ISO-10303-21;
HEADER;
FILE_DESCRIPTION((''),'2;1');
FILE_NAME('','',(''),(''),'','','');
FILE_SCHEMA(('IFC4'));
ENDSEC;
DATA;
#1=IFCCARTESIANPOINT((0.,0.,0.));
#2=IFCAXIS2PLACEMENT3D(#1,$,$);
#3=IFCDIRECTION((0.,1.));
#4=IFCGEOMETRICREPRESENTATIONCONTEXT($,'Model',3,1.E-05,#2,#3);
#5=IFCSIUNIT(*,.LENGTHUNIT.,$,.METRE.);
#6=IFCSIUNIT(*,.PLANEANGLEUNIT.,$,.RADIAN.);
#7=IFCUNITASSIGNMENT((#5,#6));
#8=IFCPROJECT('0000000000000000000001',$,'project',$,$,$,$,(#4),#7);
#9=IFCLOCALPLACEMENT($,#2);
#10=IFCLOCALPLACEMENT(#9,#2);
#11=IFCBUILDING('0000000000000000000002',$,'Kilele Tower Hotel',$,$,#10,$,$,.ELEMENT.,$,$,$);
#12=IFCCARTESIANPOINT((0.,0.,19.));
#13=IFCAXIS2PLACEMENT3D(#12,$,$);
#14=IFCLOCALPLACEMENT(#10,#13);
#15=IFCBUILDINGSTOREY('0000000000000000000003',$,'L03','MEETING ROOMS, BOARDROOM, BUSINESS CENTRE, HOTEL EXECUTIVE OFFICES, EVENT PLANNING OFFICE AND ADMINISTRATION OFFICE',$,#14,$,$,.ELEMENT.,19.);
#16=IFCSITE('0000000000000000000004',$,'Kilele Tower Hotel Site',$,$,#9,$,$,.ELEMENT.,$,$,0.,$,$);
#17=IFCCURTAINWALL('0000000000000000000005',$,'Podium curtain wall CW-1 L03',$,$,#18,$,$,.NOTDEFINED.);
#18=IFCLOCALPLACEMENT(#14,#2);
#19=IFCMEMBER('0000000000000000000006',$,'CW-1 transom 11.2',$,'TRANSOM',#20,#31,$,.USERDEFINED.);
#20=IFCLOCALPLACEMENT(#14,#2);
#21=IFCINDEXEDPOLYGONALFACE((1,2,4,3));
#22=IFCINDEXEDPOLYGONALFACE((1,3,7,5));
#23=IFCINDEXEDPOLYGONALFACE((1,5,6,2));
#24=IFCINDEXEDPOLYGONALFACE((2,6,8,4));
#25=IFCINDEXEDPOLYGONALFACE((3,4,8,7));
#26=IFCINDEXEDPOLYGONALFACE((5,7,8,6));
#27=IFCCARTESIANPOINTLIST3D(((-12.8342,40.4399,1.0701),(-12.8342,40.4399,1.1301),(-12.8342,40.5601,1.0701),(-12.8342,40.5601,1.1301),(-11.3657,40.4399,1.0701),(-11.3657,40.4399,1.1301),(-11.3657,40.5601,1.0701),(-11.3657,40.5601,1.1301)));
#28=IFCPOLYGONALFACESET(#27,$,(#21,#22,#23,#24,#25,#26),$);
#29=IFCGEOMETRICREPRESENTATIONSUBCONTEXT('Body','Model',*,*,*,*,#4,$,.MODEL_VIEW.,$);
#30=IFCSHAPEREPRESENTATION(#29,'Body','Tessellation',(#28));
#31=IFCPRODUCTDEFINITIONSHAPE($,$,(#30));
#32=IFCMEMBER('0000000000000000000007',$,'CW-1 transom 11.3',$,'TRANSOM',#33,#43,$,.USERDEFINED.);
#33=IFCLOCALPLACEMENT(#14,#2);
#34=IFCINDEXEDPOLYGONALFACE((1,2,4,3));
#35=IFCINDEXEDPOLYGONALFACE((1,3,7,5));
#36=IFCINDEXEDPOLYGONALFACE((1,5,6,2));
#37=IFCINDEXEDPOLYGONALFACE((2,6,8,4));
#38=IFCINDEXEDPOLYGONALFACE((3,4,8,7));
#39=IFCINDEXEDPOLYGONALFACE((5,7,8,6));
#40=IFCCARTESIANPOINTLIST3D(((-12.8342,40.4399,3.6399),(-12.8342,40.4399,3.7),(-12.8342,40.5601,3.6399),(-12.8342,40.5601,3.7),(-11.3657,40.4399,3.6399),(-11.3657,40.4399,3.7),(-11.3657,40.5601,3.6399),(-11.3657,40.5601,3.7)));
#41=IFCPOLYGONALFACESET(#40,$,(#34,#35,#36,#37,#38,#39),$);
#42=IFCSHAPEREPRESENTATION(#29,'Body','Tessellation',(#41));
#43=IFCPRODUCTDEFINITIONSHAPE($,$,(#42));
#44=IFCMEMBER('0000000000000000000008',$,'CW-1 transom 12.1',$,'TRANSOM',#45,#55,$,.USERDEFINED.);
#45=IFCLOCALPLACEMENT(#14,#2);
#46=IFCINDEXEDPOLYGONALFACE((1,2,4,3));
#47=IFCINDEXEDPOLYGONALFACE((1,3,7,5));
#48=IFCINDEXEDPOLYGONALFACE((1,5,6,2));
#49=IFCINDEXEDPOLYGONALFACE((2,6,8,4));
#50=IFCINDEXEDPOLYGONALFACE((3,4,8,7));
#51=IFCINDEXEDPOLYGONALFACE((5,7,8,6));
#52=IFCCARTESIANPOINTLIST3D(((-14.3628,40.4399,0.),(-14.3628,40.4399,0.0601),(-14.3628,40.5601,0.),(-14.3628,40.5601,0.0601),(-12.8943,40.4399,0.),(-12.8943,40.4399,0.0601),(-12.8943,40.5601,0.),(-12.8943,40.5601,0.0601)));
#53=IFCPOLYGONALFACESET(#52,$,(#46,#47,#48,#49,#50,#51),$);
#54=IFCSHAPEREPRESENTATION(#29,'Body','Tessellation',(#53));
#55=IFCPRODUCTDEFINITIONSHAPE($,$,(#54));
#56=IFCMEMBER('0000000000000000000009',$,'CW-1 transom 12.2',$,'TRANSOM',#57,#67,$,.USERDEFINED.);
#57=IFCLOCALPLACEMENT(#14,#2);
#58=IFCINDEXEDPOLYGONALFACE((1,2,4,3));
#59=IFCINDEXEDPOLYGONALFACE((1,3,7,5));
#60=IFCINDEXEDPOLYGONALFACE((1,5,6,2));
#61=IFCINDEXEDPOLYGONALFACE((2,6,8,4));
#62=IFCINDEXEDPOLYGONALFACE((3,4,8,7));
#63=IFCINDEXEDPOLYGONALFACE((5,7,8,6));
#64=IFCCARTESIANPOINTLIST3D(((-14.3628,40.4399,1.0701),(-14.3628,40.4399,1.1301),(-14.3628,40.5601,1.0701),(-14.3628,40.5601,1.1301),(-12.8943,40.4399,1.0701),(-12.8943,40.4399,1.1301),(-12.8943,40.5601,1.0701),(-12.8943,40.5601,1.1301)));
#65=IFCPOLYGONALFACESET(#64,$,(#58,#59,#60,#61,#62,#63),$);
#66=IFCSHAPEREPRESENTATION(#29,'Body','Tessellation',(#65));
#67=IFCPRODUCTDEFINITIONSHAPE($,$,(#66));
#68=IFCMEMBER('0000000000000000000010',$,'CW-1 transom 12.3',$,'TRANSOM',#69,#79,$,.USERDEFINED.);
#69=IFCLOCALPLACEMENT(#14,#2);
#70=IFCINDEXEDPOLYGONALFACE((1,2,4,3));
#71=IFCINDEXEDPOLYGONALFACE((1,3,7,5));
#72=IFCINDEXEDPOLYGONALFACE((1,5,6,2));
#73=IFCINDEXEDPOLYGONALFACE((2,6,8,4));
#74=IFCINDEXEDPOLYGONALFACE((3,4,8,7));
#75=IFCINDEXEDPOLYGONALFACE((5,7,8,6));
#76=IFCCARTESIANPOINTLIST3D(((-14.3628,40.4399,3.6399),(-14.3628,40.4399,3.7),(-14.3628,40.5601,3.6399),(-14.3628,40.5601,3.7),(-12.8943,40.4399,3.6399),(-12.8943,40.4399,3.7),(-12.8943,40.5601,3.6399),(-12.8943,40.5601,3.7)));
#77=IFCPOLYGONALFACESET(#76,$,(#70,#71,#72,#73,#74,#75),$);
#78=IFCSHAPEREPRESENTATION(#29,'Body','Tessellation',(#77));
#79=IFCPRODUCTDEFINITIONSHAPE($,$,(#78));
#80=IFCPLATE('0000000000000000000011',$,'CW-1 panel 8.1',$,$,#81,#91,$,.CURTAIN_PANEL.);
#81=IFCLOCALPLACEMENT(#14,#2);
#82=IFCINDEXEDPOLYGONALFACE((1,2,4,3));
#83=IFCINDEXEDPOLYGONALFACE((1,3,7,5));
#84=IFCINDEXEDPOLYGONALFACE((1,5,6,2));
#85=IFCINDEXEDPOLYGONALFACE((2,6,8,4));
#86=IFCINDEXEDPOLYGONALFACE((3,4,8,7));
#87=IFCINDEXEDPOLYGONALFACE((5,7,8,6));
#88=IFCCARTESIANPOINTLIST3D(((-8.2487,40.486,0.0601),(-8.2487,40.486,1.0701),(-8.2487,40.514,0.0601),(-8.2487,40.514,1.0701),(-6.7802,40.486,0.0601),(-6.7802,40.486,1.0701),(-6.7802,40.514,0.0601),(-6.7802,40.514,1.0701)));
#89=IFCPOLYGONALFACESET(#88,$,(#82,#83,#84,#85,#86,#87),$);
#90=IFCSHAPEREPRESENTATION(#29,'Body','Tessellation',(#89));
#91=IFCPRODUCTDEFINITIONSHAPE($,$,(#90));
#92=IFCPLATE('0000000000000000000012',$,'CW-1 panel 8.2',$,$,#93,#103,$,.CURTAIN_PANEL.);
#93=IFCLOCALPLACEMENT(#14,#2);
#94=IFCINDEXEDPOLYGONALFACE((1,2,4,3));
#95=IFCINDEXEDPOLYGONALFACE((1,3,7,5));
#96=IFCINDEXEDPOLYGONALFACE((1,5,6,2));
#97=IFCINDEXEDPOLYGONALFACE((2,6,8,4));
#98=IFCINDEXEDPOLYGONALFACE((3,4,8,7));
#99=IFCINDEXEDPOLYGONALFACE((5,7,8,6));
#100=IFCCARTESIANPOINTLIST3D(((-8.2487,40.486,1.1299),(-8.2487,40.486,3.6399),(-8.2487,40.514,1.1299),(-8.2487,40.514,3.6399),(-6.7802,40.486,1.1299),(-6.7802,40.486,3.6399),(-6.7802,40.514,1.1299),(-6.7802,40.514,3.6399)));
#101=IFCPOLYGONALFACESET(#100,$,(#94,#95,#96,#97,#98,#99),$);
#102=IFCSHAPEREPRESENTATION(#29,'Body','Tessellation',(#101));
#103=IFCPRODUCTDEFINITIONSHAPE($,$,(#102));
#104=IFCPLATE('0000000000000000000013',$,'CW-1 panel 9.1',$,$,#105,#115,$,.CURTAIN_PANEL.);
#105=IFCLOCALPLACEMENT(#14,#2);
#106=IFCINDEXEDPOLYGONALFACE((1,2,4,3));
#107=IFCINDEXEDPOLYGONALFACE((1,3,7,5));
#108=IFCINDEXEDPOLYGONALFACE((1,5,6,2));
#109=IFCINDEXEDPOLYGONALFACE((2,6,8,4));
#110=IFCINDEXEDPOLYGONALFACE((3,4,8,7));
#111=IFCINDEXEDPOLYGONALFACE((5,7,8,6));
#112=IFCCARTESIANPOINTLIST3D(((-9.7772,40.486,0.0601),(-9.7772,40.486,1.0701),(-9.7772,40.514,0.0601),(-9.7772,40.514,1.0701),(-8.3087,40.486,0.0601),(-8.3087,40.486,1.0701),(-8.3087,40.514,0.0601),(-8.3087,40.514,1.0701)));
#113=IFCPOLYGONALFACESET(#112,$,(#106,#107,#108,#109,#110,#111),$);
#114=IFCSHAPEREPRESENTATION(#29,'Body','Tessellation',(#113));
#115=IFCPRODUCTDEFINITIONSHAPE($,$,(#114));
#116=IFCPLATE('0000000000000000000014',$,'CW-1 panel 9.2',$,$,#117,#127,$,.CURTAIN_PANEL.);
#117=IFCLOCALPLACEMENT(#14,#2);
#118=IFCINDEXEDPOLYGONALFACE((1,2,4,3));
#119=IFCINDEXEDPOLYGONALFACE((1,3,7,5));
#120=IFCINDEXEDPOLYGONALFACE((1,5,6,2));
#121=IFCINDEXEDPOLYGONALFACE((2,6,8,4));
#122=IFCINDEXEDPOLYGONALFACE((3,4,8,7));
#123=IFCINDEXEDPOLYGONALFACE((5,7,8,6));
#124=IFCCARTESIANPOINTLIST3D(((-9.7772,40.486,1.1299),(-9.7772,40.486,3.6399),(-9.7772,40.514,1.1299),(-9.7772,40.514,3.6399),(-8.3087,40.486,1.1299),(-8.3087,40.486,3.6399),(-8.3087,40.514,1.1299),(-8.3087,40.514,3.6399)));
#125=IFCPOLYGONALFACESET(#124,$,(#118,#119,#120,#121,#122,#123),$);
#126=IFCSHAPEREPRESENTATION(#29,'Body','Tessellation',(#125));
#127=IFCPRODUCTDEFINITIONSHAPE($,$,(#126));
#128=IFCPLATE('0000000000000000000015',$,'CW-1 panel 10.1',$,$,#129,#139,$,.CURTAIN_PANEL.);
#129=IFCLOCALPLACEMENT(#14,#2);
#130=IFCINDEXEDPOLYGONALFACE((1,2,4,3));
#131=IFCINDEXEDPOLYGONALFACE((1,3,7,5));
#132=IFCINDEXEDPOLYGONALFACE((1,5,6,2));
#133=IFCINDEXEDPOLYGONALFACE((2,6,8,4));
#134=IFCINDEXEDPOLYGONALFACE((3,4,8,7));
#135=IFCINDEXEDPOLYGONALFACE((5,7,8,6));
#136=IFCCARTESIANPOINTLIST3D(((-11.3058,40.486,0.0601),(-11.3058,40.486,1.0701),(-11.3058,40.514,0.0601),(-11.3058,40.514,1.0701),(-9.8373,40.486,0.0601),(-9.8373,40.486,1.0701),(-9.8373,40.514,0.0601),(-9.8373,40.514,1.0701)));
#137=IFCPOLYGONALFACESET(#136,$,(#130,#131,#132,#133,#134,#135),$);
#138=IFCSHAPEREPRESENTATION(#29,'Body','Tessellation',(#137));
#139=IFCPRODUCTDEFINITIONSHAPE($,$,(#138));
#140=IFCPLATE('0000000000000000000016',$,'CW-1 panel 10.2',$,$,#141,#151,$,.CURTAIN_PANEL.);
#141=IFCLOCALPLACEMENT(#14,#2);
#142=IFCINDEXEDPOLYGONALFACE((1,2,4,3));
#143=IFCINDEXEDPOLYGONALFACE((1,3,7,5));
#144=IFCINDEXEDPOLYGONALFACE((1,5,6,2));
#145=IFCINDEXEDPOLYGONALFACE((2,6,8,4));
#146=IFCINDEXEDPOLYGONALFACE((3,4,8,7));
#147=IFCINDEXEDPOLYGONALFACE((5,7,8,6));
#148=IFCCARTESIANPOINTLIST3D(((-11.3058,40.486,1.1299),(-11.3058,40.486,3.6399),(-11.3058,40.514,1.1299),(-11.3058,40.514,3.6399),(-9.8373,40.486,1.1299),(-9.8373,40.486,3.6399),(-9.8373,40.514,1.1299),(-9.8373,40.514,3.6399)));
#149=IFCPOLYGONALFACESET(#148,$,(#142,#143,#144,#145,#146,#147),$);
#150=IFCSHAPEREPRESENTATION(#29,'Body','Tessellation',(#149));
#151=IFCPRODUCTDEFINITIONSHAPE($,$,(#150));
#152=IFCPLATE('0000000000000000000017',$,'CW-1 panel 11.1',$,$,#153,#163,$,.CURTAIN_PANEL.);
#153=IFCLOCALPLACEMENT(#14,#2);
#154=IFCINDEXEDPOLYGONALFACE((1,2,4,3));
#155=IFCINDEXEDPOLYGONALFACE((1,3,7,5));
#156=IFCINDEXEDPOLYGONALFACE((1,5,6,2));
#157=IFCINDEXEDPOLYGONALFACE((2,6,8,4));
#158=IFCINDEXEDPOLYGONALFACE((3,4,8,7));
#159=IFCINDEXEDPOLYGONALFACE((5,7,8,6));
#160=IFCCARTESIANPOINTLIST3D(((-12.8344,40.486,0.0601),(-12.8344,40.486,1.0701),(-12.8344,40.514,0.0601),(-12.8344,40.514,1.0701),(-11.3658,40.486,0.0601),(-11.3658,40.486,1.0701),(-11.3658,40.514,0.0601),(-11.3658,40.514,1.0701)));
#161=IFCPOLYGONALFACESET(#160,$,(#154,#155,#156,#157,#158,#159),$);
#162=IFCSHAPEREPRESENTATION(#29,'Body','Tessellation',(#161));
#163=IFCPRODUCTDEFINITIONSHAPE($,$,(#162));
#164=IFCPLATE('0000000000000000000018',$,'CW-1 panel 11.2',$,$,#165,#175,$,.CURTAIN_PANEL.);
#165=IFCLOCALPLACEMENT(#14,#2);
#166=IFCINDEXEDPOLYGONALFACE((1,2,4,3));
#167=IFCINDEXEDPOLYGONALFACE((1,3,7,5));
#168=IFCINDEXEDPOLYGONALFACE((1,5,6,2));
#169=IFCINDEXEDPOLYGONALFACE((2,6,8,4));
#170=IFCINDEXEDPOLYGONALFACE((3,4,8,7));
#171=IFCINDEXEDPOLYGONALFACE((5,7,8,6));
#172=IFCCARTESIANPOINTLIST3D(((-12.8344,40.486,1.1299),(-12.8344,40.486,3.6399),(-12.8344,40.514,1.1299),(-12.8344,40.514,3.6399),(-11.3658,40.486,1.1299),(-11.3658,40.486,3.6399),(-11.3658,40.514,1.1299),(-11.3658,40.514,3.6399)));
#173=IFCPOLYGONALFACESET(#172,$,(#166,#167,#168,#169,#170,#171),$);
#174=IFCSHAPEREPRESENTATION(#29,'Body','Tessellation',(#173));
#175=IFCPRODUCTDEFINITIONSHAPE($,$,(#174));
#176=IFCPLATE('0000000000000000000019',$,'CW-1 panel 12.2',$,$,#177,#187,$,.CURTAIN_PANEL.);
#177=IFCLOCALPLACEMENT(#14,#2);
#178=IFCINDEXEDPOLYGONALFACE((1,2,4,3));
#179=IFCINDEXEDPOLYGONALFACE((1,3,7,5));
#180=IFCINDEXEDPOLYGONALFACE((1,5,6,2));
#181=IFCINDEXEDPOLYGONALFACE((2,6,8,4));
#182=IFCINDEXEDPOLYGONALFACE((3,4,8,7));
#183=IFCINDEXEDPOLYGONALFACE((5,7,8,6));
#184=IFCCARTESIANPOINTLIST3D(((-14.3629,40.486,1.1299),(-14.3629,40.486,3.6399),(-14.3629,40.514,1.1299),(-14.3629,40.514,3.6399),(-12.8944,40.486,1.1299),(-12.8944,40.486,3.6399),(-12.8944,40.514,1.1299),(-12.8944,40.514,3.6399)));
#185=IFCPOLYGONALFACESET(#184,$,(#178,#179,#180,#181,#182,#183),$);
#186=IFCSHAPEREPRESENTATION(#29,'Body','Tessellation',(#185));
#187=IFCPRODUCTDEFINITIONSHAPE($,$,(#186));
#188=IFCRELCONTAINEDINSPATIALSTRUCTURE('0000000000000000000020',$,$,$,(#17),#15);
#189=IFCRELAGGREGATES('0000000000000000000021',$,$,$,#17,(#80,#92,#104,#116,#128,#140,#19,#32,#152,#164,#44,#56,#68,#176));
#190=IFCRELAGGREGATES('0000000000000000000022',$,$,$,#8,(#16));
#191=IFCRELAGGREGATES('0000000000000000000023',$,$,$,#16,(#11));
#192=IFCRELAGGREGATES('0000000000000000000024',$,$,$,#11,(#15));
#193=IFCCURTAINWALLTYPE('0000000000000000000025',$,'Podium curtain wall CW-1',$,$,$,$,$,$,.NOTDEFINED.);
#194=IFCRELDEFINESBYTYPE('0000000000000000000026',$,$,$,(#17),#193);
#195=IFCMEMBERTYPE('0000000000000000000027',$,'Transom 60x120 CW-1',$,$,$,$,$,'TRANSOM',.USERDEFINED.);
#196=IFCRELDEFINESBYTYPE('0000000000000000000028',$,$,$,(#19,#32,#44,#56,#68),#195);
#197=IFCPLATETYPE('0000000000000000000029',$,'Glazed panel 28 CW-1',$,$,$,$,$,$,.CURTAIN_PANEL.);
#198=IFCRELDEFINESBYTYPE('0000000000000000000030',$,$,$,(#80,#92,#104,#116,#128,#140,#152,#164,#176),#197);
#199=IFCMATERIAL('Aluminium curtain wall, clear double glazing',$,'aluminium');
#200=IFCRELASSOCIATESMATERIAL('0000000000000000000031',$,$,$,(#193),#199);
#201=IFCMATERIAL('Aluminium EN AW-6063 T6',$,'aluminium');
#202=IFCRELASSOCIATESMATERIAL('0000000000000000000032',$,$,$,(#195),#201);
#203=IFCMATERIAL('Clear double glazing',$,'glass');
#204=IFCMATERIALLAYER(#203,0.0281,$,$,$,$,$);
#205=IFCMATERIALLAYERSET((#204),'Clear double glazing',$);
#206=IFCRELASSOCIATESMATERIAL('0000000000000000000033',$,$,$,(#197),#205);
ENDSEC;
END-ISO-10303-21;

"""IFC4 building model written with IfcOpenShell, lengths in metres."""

from ifc_helpers import new_model, si_unit, direction, frame, origin, origin_2d, place, context, subcontext, project, spatial, rectangle, extrude, material, layer, layer_set, material_profile, profile_set, type_object, element, aggregate, save


model = new_model("IFC4")

# Units and contexts
model_context = context("Model", 3, precision=1e-05, world=origin(), true_north=direction((0.0, 1.0)))
body_context = subcontext(model_context, "Body", "Model", "MODEL_VIEW")
ifc_project = project(units=[si_unit("LENGTHUNIT", "METRE"), si_unit("PLANEANGLEUNIT", "RADIAN")], contexts=[model_context])

# Site, building, storey
site_placement = place(None, origin())
site = spatial("IfcSite", under=ifc_project, at=site_placement, Name="Kilele Tower Hotel Site", CompositionType="ELEMENT", RefElevation=0.0)
building_placement = place(site_placement, origin())
building = spatial("IfcBuilding", under=site, at=building_placement, Name="Kilele Tower Hotel", CompositionType="ELEMENT")
storey_placement = place(building_placement, frame((0.0, 0.0, 19.0)))
storey = spatial("IfcBuildingStorey", under=building, at=storey_placement, Name="L03", Description="MEETING ROOMS, BOARDROOM, BUSINESS CENTRE, HOTEL EXECUTIVE OFFICES, EVENT PLANNING OFFICE AND ADMINISTRATION OFFICE", CompositionType="ELEMENT", Elevation=19.0)

# Curtain wall, members, plates
ifc_material_1 = material(Name="Aluminium curtain wall, clear double glazing", Category="aluminium")
curtain_wall_type = type_object("IfcCurtainWallType", Name="Podium curtain wall CW-1", PredefinedType="NOTDEFINED", material=ifc_material_1)
curtain_wall_placement = place(storey_placement, origin())
curtain_wall = element("IfcCurtainWall", 1, at=curtain_wall_placement, inside=storey, type_object=curtain_wall_type, Name="Podium curtain wall CW-1 L03", PredefinedType="NOTDEFINED")
ifc_material_2 = material(Name="Aluminium EN AW-6063 T6", Category="aluminium")
ifc_material_profile_1 = material_profile(ifc_material_2, rectangle(XDim=0.1201, YDim=0.0601, at=origin_2d()))
ifc_profile_set_1 = profile_set([ifc_material_profile_1], Name="Aluminium EN AW-6063 T6")
member_type_1 = type_object("IfcMemberType", Name="Transom 60x120 CW-1", ElementType="TRANSOM", PredefinedType="USERDEFINED", material=ifc_profile_set_1)
member_1_placement = place(storey_placement, frame((-11.3657, 40.5, 1.1001), z_axis=(-1.0, 0.0, 0.0), x_axis=(0.0, -1.0, 0.0)))
member_1 = element("IfcMember", 2, at=member_1_placement, type_object=member_type_1, Name="CW-1 transom 11.2", ObjectType="TRANSOM", PredefinedType="USERDEFINED", context=body_context, shape_type="SweptSolid", body=[
    extrude(rectangle(XDim=0.1201, YDim=0.0601, at=origin_2d()), origin(), (0.0, 0.0, 1.0), 1.4685),
])
member_2_placement = place(storey_placement, frame((-11.3657, 40.5, 3.6699), z_axis=(-1.0, 0.0, 0.0), x_axis=(0.0, -1.0, 0.0)))
member_2 = element("IfcMember", 3, at=member_2_placement, type_object=member_type_1, Name="CW-1 transom 11.3", ObjectType="TRANSOM", PredefinedType="USERDEFINED", context=body_context, shape_type="SweptSolid", body=[
    extrude(rectangle(XDim=0.1201, YDim=0.0601, at=origin_2d()), origin(), (0.0, 0.0, 1.0), 1.4685),
])
member_3_placement = place(storey_placement, frame((-12.8943, 40.5, 0.03), z_axis=(-1.0, 0.0, 0.0), x_axis=(0.0, -1.0, 0.0)))
member_3 = element("IfcMember", 4, at=member_3_placement, type_object=member_type_1, Name="CW-1 transom 12.1", ObjectType="TRANSOM", PredefinedType="USERDEFINED", context=body_context, shape_type="SweptSolid", body=[
    extrude(rectangle(XDim=0.1201, YDim=0.0601, at=origin_2d()), origin(), (0.0, 0.0, 1.0), 1.4685),
])
member_4_placement = place(storey_placement, frame((-12.8943, 40.5, 1.1001), z_axis=(-1.0, 0.0, 0.0), x_axis=(0.0, -1.0, 0.0)))
member_4 = element("IfcMember", 5, at=member_4_placement, type_object=member_type_1, Name="CW-1 transom 12.2", ObjectType="TRANSOM", PredefinedType="USERDEFINED", context=body_context, shape_type="SweptSolid", body=[
    extrude(rectangle(XDim=0.1201, YDim=0.0601, at=origin_2d()), origin(), (0.0, 0.0, 1.0), 1.4685),
])
member_5_placement = place(storey_placement, frame((-12.8943, 40.5, 3.6699), z_axis=(-1.0, 0.0, 0.0), x_axis=(0.0, -1.0, 0.0)))
member_5 = element("IfcMember", 6, at=member_5_placement, type_object=member_type_1, Name="CW-1 transom 12.3", ObjectType="TRANSOM", PredefinedType="USERDEFINED", context=body_context, shape_type="SweptSolid", body=[
    extrude(rectangle(XDim=0.1201, YDim=0.0601, at=origin_2d()), origin(), (0.0, 0.0, 1.0), 1.4685),
])
ifc_material_3 = material(Name="Clear double glazing", Category="glass")
ifc_layer = layer(ifc_material_3, 0.0281)
ifc_layer_set = layer_set([ifc_layer], Name="Clear double glazing")
plate_type = type_object("IfcPlateType", Name="Glazed panel 28 CW-1", PredefinedType="CURTAIN_PANEL", material=ifc_layer_set)
plate_1_placement = place(storey_placement, frame((-7.5144, 40.5, 0.0601), z_axis=(0.0, 0.0, 1.0), x_axis=(-1.0, 0.0, 0.0)))
plate_1 = element("IfcPlate", 7, at=plate_1_placement, type_object=plate_type, Name="CW-1 panel 8.1", PredefinedType="CURTAIN_PANEL", context=body_context, shape_type="SweptSolid", body=[
    extrude(rectangle(XDim=1.4685, YDim=0.0281, at=origin_2d()), origin(), (0.0, 0.0, 1.0), 1.01),
])
plate_2_placement = place(storey_placement, frame((-7.5144, 40.5, 1.1299), z_axis=(0.0, 0.0, 1.0), x_axis=(-1.0, 0.0, 0.0)))
plate_2 = element("IfcPlate", 8, at=plate_2_placement, type_object=plate_type, Name="CW-1 panel 8.2", PredefinedType="CURTAIN_PANEL", context=body_context, shape_type="SweptSolid", body=[
    extrude(rectangle(XDim=1.4685, YDim=0.0281, at=origin_2d()), origin(), (0.0, 0.0, 1.0), 2.51),
])
plate_3_placement = place(storey_placement, frame((-9.043, 40.5, 0.0601), z_axis=(0.0, 0.0, 1.0), x_axis=(-1.0, 0.0, 0.0)))
plate_3 = element("IfcPlate", 9, at=plate_3_placement, type_object=plate_type, Name="CW-1 panel 9.1", PredefinedType="CURTAIN_PANEL", context=body_context, shape_type="SweptSolid", body=[
    extrude(rectangle(XDim=1.4685, YDim=0.0281, at=origin_2d()), origin(), (0.0, 0.0, 1.0), 1.01),
])
plate_4_placement = place(storey_placement, frame((-9.043, 40.5, 1.1299), z_axis=(0.0, 0.0, 1.0), x_axis=(-1.0, 0.0, 0.0)))
plate_4 = element("IfcPlate", 10, at=plate_4_placement, type_object=plate_type, Name="CW-1 panel 9.2", PredefinedType="CURTAIN_PANEL", context=body_context, shape_type="SweptSolid", body=[
    extrude(rectangle(XDim=1.4685, YDim=0.0281, at=origin_2d()), origin(), (0.0, 0.0, 1.0), 2.51),
])
plate_5_placement = place(storey_placement, frame((-10.5715, 40.5, 0.0601), z_axis=(0.0, 0.0, 1.0), x_axis=(-1.0, 0.0, 0.0)))
plate_5 = element("IfcPlate", 11, at=plate_5_placement, type_object=plate_type, Name="CW-1 panel 10.1", PredefinedType="CURTAIN_PANEL", context=body_context, shape_type="SweptSolid", body=[
    extrude(rectangle(XDim=1.4685, YDim=0.0281, at=origin_2d()), origin(), (0.0, 0.0, 1.0), 1.01),
])
plate_6_placement = place(storey_placement, frame((-10.5715, 40.5, 1.1299), z_axis=(0.0, 0.0, 1.0), x_axis=(-1.0, 0.0, 0.0)))
plate_6 = element("IfcPlate", 12, at=plate_6_placement, type_object=plate_type, Name="CW-1 panel 10.2", PredefinedType="CURTAIN_PANEL", context=body_context, shape_type="SweptSolid", body=[
    extrude(rectangle(XDim=1.4685, YDim=0.0281, at=origin_2d()), origin(), (0.0, 0.0, 1.0), 2.51),
])
plate_7_placement = place(storey_placement, frame((-12.1001, 40.5, 0.0601), z_axis=(0.0, 0.0, 1.0), x_axis=(-1.0, 0.0, 0.0)))
plate_7 = element("IfcPlate", 13, at=plate_7_placement, type_object=plate_type, Name="CW-1 panel 11.1", PredefinedType="CURTAIN_PANEL", context=body_context, shape_type="SweptSolid", body=[
    extrude(rectangle(XDim=1.4685, YDim=0.0281, at=origin_2d()), origin(), (0.0, 0.0, 1.0), 1.01),
])
plate_8_placement = place(storey_placement, frame((-12.1001, 40.5, 1.1299), z_axis=(0.0, 0.0, 1.0), x_axis=(-1.0, 0.0, 0.0)))
plate_8 = element("IfcPlate", 14, at=plate_8_placement, type_object=plate_type, Name="CW-1 panel 11.2", PredefinedType="CURTAIN_PANEL", context=body_context, shape_type="SweptSolid", body=[
    extrude(rectangle(XDim=1.4685, YDim=0.0281, at=origin_2d()), origin(), (0.0, 0.0, 1.0), 2.51),
])
plate_9_placement = place(storey_placement, frame((-13.6287, 40.5, 1.1299), z_axis=(0.0, 0.0, 1.0), x_axis=(-1.0, 0.0, 0.0)))
plate_9 = element("IfcPlate", 15, at=plate_9_placement, type_object=plate_type, Name="CW-1 panel 12.2", PredefinedType="CURTAIN_PANEL", context=body_context, shape_type="SweptSolid", body=[
    extrude(rectangle(XDim=1.4685, YDim=0.0281, at=origin_2d()), origin(), (0.0, 0.0, 1.0), 2.51),
])
aggregate(curtain_wall, [plate_1, plate_2, plate_3, plate_4, plate_5, plate_6, member_1, member_2, plate_7, plate_8, member_3, member_4, member_5, plate_9])

save(model, "model.ifc")
